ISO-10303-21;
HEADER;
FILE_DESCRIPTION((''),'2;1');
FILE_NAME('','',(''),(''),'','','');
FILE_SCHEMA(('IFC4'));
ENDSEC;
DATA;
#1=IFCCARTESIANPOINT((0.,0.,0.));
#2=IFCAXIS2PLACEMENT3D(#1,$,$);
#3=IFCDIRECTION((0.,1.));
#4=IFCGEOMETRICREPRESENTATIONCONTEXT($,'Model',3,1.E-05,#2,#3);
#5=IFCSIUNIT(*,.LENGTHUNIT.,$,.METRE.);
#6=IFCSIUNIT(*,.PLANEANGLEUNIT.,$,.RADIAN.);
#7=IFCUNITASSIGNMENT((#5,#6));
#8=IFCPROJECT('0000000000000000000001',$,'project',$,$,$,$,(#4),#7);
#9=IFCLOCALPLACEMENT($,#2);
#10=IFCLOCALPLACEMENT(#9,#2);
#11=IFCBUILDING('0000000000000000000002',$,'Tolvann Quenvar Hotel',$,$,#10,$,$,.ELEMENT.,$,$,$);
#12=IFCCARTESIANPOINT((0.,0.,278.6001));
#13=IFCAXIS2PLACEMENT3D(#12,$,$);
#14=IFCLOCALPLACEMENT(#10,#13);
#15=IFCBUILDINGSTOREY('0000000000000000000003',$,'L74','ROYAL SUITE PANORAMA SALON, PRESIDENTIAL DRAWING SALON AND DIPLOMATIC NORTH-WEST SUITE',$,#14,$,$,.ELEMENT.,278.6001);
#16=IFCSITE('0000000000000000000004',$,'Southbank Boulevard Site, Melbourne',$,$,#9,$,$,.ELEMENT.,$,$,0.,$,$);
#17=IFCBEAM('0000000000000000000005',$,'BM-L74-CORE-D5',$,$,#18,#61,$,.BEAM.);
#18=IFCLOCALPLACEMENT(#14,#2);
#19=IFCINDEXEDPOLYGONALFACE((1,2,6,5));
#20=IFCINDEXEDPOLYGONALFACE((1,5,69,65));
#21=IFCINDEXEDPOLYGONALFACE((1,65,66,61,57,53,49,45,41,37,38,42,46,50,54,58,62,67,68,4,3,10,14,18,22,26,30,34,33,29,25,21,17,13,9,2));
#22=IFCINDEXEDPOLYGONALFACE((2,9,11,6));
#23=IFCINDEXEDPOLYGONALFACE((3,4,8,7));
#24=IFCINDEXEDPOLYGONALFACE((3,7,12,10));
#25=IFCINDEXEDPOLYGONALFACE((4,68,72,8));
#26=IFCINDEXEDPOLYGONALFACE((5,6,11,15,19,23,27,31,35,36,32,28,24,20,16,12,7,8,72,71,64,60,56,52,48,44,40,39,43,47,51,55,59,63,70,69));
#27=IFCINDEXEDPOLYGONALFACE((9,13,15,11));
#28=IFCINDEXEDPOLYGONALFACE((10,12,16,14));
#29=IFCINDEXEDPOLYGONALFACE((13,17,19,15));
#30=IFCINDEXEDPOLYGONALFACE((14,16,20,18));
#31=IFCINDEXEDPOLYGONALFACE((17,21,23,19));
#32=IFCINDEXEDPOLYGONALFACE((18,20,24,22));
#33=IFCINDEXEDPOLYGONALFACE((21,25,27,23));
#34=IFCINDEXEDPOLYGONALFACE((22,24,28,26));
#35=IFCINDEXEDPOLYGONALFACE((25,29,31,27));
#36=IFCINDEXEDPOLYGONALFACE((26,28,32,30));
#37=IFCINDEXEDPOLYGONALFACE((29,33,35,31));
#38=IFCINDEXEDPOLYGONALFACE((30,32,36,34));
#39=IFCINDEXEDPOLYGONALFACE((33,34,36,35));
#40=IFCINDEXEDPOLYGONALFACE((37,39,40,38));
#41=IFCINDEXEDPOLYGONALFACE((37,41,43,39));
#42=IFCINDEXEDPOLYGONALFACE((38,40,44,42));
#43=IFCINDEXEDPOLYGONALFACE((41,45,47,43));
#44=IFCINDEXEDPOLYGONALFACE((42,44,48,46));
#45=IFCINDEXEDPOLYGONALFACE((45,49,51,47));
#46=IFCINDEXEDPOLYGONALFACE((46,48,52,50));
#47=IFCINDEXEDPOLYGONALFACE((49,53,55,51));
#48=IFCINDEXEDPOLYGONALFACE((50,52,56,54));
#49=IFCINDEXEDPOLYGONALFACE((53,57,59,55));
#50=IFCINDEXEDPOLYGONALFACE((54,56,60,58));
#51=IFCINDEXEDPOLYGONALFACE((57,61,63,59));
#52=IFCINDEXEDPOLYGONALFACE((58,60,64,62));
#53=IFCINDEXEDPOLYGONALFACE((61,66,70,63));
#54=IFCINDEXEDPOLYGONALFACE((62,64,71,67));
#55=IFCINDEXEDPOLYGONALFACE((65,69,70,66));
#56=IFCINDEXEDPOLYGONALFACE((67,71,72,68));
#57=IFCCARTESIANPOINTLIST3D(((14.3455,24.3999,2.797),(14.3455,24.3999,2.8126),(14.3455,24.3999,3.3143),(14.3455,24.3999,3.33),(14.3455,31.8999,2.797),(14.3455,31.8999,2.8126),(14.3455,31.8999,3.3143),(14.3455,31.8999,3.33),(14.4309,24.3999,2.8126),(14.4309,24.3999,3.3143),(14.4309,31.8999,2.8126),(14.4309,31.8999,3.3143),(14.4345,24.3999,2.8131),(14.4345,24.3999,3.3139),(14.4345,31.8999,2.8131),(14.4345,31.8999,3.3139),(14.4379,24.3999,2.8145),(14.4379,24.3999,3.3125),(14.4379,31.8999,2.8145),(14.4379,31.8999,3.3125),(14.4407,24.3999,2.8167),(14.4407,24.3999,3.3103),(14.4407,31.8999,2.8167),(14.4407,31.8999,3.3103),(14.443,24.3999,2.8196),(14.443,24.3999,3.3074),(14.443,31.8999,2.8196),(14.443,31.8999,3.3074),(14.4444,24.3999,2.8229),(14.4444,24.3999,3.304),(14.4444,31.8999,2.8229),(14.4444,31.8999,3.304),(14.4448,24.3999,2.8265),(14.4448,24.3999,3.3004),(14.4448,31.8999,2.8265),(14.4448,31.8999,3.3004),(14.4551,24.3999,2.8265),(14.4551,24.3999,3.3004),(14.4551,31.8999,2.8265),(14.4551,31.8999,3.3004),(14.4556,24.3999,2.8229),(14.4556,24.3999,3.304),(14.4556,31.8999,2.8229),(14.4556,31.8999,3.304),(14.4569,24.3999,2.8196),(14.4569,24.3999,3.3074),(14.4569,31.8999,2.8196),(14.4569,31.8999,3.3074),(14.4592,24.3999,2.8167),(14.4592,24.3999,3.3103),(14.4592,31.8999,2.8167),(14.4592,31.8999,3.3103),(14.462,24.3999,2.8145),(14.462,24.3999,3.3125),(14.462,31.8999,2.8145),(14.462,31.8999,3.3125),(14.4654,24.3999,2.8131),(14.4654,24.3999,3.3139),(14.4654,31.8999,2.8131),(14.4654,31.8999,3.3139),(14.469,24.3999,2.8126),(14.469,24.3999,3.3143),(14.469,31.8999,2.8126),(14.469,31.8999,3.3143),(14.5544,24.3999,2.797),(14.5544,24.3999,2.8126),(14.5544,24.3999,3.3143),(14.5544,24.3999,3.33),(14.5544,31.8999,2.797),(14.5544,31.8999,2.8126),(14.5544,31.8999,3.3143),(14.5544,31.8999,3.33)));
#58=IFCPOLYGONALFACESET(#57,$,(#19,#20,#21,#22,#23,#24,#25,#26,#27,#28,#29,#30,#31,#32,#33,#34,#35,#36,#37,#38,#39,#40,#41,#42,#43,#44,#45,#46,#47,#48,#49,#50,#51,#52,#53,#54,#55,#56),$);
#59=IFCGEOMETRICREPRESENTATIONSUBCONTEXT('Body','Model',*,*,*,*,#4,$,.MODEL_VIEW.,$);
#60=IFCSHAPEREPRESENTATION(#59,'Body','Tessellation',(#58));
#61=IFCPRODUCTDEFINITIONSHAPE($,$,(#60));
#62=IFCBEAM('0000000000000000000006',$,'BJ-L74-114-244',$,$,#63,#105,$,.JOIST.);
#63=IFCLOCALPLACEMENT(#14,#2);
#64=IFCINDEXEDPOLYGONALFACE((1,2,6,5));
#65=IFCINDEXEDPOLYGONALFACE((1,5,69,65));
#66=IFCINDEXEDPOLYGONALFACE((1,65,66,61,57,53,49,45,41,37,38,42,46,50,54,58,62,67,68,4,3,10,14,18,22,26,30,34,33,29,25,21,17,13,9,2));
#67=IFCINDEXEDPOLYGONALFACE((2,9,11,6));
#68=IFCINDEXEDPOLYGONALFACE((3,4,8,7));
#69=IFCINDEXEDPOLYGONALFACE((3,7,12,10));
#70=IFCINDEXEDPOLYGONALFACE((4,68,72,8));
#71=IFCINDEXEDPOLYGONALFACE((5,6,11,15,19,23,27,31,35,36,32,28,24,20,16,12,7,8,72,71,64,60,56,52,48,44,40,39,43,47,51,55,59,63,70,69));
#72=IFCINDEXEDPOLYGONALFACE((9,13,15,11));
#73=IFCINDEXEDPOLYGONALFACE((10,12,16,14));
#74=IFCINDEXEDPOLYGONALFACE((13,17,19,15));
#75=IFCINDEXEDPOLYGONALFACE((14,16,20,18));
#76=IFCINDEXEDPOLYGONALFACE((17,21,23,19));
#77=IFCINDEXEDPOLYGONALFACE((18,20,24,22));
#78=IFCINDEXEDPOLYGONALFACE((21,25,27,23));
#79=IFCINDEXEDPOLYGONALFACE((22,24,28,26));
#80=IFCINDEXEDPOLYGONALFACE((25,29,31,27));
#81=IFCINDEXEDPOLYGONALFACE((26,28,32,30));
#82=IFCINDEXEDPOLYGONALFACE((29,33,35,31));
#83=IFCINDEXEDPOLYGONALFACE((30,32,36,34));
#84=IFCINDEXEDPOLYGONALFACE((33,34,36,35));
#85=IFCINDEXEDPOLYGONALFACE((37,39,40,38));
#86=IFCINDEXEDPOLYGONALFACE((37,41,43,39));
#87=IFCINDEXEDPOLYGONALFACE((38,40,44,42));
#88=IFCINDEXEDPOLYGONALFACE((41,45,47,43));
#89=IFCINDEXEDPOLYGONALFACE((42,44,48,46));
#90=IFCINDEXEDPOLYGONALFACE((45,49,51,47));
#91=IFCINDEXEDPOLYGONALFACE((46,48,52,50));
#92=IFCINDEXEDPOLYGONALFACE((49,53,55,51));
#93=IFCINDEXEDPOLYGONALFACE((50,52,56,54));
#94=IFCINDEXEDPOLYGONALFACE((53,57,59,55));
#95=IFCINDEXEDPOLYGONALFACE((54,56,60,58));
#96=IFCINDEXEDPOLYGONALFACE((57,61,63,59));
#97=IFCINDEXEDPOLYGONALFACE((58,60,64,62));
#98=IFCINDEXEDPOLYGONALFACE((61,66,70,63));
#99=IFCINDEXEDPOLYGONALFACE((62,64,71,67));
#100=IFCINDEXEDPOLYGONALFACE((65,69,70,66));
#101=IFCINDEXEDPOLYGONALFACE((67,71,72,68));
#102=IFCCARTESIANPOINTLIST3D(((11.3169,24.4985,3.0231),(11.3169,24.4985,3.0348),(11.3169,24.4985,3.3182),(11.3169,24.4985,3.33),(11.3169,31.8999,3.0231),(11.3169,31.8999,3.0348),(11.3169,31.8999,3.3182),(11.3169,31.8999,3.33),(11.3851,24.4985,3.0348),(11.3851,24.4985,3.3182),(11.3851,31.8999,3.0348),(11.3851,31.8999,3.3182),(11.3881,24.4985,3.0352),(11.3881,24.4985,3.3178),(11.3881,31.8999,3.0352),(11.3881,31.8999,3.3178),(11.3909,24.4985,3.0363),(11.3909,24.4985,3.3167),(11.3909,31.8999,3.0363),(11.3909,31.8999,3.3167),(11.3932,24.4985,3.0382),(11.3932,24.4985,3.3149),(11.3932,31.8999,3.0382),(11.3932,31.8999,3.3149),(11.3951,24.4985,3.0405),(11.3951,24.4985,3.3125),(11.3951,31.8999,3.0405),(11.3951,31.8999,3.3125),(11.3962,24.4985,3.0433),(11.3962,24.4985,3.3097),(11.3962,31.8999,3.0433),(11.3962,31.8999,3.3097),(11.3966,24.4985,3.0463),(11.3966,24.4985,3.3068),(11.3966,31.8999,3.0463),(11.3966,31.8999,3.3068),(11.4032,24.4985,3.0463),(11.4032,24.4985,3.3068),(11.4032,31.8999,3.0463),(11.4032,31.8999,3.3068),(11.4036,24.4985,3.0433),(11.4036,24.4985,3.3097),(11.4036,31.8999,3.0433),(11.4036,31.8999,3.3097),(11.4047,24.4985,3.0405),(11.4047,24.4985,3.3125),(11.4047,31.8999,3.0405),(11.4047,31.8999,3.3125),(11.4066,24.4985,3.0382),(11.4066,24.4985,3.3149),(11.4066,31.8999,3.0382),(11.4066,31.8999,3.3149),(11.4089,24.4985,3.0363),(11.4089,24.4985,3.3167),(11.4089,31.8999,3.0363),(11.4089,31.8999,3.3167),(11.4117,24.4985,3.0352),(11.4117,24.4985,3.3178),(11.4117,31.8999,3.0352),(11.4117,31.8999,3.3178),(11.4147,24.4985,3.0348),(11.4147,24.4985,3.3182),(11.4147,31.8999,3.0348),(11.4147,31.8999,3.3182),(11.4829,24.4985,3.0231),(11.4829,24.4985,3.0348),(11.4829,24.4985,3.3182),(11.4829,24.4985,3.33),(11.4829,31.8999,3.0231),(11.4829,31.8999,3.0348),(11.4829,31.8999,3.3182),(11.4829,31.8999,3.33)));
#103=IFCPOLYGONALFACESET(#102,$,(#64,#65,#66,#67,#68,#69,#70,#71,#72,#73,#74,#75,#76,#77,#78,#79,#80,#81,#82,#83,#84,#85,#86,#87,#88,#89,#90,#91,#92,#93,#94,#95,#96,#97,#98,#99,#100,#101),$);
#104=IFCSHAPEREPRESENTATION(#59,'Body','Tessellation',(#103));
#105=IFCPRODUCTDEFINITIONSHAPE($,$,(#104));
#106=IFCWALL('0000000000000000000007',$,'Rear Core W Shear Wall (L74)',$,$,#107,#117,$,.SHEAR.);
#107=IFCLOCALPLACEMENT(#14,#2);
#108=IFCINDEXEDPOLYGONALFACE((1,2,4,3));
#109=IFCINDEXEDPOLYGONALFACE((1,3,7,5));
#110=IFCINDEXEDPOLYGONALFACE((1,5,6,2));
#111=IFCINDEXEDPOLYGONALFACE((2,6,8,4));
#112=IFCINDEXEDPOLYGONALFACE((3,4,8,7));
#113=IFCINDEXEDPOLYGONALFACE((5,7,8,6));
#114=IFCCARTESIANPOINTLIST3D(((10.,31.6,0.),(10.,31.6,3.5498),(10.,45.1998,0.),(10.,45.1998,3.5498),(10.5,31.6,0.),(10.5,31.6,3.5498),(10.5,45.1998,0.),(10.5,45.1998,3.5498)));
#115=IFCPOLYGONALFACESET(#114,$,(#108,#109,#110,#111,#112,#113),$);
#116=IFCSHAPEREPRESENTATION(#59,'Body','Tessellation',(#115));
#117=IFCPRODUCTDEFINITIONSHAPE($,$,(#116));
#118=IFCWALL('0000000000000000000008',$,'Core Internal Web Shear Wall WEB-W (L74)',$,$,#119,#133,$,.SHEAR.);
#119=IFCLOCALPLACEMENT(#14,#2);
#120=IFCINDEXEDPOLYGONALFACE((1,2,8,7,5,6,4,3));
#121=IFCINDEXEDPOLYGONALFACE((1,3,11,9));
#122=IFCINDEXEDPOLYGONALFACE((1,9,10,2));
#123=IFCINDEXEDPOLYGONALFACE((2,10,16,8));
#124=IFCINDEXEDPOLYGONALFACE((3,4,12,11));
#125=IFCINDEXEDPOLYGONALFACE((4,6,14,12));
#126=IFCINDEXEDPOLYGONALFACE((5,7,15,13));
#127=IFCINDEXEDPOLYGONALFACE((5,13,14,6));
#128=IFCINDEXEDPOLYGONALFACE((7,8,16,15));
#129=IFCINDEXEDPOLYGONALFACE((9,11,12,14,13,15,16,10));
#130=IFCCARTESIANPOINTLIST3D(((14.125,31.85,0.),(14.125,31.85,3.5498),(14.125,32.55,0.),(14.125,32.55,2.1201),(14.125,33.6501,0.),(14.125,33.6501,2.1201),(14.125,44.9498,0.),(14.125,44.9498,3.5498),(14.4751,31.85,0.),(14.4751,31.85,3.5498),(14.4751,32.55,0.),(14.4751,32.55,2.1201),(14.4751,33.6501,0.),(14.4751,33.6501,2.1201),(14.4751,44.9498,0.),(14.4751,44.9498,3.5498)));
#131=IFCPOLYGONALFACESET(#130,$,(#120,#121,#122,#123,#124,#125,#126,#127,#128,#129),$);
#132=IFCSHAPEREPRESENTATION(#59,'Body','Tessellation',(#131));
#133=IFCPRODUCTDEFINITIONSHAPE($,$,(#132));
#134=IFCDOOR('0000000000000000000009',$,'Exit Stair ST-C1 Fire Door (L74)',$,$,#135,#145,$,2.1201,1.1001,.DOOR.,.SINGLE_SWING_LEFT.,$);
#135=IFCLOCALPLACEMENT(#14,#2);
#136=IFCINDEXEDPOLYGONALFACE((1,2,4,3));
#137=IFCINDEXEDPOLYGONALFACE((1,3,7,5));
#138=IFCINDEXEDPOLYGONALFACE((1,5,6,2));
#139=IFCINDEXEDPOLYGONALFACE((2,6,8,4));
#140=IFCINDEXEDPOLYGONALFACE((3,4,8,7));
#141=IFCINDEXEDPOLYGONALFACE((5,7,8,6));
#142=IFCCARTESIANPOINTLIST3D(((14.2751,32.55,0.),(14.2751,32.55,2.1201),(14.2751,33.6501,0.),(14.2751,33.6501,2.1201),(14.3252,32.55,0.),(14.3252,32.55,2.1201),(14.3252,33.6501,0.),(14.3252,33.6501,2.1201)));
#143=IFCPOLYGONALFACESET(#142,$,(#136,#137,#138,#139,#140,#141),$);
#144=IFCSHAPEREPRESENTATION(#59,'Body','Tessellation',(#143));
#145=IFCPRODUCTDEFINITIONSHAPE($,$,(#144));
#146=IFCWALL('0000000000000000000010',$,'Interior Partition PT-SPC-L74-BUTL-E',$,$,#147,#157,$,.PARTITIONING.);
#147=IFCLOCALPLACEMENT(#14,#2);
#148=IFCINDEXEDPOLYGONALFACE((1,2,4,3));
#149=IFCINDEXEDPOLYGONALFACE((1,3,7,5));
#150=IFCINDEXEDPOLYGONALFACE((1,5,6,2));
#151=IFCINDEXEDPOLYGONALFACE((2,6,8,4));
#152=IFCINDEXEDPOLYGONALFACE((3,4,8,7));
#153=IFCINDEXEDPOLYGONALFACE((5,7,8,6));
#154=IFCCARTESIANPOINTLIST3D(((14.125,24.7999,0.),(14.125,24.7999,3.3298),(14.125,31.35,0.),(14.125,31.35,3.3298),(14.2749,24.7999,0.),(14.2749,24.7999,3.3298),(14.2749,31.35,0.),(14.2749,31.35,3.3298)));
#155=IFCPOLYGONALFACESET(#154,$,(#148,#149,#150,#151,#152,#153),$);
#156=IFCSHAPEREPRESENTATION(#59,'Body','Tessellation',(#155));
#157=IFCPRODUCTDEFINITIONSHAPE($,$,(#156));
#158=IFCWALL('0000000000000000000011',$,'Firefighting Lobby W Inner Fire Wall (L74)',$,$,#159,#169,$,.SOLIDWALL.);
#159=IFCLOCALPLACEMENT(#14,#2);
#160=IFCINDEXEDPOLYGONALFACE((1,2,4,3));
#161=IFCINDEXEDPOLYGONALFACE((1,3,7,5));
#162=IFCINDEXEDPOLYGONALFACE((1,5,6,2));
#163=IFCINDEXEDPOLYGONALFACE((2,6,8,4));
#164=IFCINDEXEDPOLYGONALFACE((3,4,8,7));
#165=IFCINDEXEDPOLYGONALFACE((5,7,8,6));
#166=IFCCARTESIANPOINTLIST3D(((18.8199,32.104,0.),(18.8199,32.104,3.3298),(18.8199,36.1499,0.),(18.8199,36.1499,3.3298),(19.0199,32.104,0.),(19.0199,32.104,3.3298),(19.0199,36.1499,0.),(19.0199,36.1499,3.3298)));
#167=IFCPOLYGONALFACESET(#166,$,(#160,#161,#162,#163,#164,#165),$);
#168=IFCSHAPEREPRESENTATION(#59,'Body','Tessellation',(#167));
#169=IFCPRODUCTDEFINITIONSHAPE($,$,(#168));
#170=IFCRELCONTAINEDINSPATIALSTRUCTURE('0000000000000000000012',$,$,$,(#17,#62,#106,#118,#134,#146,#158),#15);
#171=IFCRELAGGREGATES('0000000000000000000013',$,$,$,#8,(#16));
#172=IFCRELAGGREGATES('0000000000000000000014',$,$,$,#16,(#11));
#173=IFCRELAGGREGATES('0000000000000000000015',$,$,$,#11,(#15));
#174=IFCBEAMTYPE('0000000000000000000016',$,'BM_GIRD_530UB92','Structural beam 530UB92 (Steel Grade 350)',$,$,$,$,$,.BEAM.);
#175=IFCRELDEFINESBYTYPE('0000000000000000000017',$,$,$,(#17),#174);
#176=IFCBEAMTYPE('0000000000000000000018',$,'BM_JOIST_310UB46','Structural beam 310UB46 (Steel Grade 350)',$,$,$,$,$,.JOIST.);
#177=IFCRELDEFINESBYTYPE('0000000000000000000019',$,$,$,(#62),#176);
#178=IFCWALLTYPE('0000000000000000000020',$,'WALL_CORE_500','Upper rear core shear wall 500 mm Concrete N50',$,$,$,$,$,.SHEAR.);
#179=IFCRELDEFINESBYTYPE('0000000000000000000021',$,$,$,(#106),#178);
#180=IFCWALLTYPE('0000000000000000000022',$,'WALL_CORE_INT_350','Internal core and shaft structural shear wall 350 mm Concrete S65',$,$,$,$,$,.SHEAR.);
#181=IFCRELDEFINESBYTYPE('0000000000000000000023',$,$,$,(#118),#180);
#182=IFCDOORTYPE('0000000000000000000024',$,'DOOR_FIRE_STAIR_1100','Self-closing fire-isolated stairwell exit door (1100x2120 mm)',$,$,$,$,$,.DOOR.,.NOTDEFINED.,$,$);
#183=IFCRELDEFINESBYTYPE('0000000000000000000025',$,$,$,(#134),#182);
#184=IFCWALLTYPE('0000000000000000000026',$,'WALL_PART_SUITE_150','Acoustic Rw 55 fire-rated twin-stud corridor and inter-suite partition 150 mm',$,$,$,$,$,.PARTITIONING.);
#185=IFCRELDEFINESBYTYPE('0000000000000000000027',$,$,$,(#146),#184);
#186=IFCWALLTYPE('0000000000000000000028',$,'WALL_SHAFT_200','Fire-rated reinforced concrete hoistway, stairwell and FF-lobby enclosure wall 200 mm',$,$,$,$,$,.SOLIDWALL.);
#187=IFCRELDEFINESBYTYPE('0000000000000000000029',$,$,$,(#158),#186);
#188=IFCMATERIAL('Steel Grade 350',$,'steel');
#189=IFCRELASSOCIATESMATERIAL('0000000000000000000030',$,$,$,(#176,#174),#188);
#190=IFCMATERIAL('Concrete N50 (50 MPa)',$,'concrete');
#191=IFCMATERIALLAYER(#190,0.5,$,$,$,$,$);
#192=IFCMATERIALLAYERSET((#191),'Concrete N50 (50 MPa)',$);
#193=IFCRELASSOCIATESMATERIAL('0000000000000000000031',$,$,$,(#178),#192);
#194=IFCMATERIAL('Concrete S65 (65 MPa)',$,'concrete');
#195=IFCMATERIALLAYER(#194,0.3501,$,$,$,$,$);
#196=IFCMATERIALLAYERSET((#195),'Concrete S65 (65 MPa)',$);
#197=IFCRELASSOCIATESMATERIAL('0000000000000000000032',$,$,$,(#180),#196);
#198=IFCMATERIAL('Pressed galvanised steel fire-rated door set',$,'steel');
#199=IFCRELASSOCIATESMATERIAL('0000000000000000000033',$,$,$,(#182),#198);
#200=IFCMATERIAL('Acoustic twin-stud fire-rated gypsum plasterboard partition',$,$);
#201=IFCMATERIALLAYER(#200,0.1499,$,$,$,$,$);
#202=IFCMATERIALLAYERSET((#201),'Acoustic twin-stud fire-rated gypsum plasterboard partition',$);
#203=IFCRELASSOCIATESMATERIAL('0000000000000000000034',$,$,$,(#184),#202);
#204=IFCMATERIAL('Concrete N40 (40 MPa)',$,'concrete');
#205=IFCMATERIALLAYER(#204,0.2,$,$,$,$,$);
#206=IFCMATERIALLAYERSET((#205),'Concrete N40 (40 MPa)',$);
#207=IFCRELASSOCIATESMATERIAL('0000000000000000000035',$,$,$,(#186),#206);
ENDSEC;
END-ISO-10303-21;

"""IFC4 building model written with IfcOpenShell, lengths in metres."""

from ifc_helpers import new_model, si_unit, direction, frame, frame_2d, origin, origin_2d, place, context, subcontext, project, spatial, rectangle, i_section, extrude, source, transform, mapped, material, layer, layer_set, material_profile, profile_set, type_object, type_shapes, element, fill, save


model = new_model("IFC4")

# Units and contexts
model_context = context("Model", 3, precision=1e-05, world=origin(), true_north=direction((0.0, 1.0)))
body_context = subcontext(model_context, "Body", "Model", "MODEL_VIEW")
ifc_project = project(units=[si_unit("LENGTHUNIT", "METRE"), si_unit("PLANEANGLEUNIT", "RADIAN")], contexts=[model_context])

# Site, building, storey
site_placement = place(None, origin())
site = spatial("IfcSite", under=ifc_project, at=site_placement, Name="Southbank Boulevard Site, Melbourne", CompositionType="ELEMENT", RefElevation=0.0)
building_placement = place(site_placement, origin())
building = spatial("IfcBuilding", under=site, at=building_placement, Name="Tolvann Quenvar Hotel", CompositionType="ELEMENT")
storey_placement = place(building_placement, frame((0.0, 0.0, 278.6001)))
storey = spatial("IfcBuildingStorey", under=building, at=storey_placement, Name="L74", Description="ROYAL SUITE PANORAMA SALON, PRESIDENTIAL DRAWING SALON AND DIPLOMATIC NORTH-WEST SUITE", CompositionType="ELEMENT", Elevation=278.6001)

# Shared definitions
ifc_material_1 = material(Name="Steel Grade 350", Category="steel")

# Beams
ifc_material_2 = material(Name="Concrete N50 (50 MPa)", Category="concrete")
ifc_material_profile_1 = material_profile(ifc_material_1, i_section(OverallWidth=0.166, OverallDepth=0.3069, WebThickness=0.0066, FlangeThickness=0.0117, FilletRadius=0.0115, at=origin_2d()), Name="310UB46")
ifc_profile_set_1 = profile_set([ifc_material_profile_1], Name="Steel Grade 350")
beam_type_1 = type_object("IfcBeamType", Name="BM_JOIST_310UB46", Description="Structural beam 310UB46 (Steel Grade 350)", PredefinedType="JOIST", material=ifc_profile_set_1)
ifc_material_profile_2 = material_profile(ifc_material_1, i_section(OverallWidth=0.209, OverallDepth=0.533, WebThickness=0.0103, FlangeThickness=0.0156, FilletRadius=0.0139, at=origin_2d()), Name="530UB92")
ifc_profile_set_2 = profile_set([ifc_material_profile_2], Name="Steel Grade 350")
beam_type_2 = type_object("IfcBeamType", Name="BM_GIRD_530UB92", Description="Structural beam 530UB92 (Steel Grade 350)", PredefinedType="BEAM", material=ifc_profile_set_2)
shared_shape_1 = source(origin(), body_context, "Body", "SweptSolid", [
    extrude(i_section(OverallWidth=0.209, OverallDepth=0.533, WebThickness=0.0103, FlangeThickness=0.0156, FilletRadius=0.0139, at=origin_2d()), origin(), (0.0, 0.0, 1.0), 7.5),
])
beam_1_placement = place(storey_placement, frame((14.45, 24.3999, 3.0635), z_axis=(0.0, 1.0, 0.0), x_axis=(-1.0, 0.0, 0.0)))
element("IfcBeam", 1, at=beam_1_placement, inside=storey, type_object=beam_type_2, Name="BM-L74-CORE-D5", PredefinedType="BEAM", context=body_context, shape_type="MappedRepresentation", body=[
    mapped(shared_shape_1, transform((0.0, 0.0, 0.0), x_axis=(1.0, 0.0, 0.0), y_axis=(0.0, 1.0, 0.0), z_axis=(0.0, 0.0, 1.0), scale=1.0)),
])
shared_shape_2 = source(origin(), body_context, "Body", "SweptSolid", [
    extrude(i_section(OverallWidth=0.166, OverallDepth=0.3069, WebThickness=0.0066, FlangeThickness=0.0117, FilletRadius=0.0115, at=origin_2d()), origin(), (0.0, 0.0, 1.0), 7.4014),
])
beam_2_placement = place(storey_placement, frame((11.3999, 24.4985, 3.1765), z_axis=(0.0, 1.0, 0.0), x_axis=(-1.0, 0.0, 0.0)))
element("IfcBeam", 2, at=beam_2_placement, inside=storey, type_object=beam_type_1, Name="BJ-L74-114-244", PredefinedType="JOIST", context=body_context, shape_type="MappedRepresentation", body=[
    mapped(shared_shape_2, transform((0.0, 0.0, 0.0), x_axis=(1.0, 0.0, 0.0), y_axis=(0.0, 1.0, 0.0), z_axis=(0.0, 0.0, 1.0), scale=1.0)),
])

# Wall
ifc_layer_1 = layer(ifc_material_2, 0.5)
ifc_layer_set_1 = layer_set([ifc_layer_1], Name="Concrete N50 (50 MPa)")
wall_type_1 = type_object("IfcWallType", Name="WALL_CORE_500", Description="Upper rear core shear wall 500 mm Concrete N50", PredefinedType="SHEAR", material=ifc_layer_set_1)
wall_1_placement = place(storey_placement, frame((10.25, 31.6001, 0.0), z_axis=(0.0, 0.0, 1.0), x_axis=(0.0, 1.0, 0.0)))
element("IfcWall", 3, at=wall_1_placement, inside=storey, type_object=wall_type_1, Name="Rear Core W Shear Wall (L74)", PredefinedType="SHEAR", context=body_context, shape_type="SweptSolid", body=[
    extrude(rectangle(XDim=13.5999, YDim=0.5, at=frame_2d((6.7998, 0.0))), origin(), (0.0, 0.0, 1.0), 3.5498),
])

# Wall, opening, door
ifc_material_3 = material(Name="Concrete S65 (65 MPa)", Category="concrete")
ifc_layer_2 = layer(ifc_material_3, 0.3501)
ifc_layer_set_2 = layer_set([ifc_layer_2], Name="Concrete S65 (65 MPa)")
wall_type_2 = type_object("IfcWallType", Name="WALL_CORE_INT_350", Description="Internal core and shaft structural shear wall 350 mm Concrete S65", PredefinedType="SHEAR", material=ifc_layer_set_2)
wall_2_placement = place(storey_placement, frame((14.3, 31.8501, 0.0), z_axis=(0.0, 0.0, 1.0), x_axis=(0.0, 1.0, 0.0)))
wall_2 = element("IfcWall", 4, at=wall_2_placement, inside=storey, type_object=wall_type_2, Name="Core Internal Web Shear Wall WEB-W (L74)", PredefinedType="SHEAR", context=body_context, shape_type="SweptSolid", body=[
    extrude(rectangle(XDim=13.0999, YDim=0.3501, at=frame_2d((6.5498, 0.0))), origin(), (0.0, 0.0, 1.0), 3.5498),
])
opening_1_placement = place(wall_2_placement, frame((0.7, 0.0, 0.0)))
opening_1 = element("IfcOpeningElement", 5, at=opening_1_placement, cuts=wall_2, PredefinedType="OPENING", context=body_context, shape_type="SweptSolid", body=[
    extrude(rectangle(XDim=1.1001, YDim=2.1201, at=frame_2d((0.55, 1.0601))), frame((0.0, 0.1851, 0.0), z_axis=(0.0, -1.0, 0.0), x_axis=(1.0, 0.0, 0.0)), (0.0, 0.0, 1.0), 0.3701),
])
ifc_material_4 = material(Name="Pressed galvanised steel fire-rated door set", Category="steel")
door_type_1 = type_object("IfcDoorType", Name="DOOR_FIRE_STAIR_1100", Description="Self-closing fire-isolated stairwell exit door (1100x2120 mm)", OperationType="NOTDEFINED", PredefinedType="DOOR", material=ifc_material_4)
shared_shape_3 = source(origin(), body_context, "Body", "SweptSolid", [
    extrude(rectangle(XDim=1.1001, YDim=2.1201, at=frame_2d((0.55, 1.0601))), frame((0.0, 0.0249, 0.0), z_axis=(0.0, -1.0, 0.0), x_axis=(1.0, 0.0, 0.0)), (0.0, 0.0, 1.0), 0.05),
])
type_shapes(door_type_1, [shared_shape_3])
door_1_placement = place(opening_1_placement, origin())
door_1 = element("IfcDoor", 6, at=door_1_placement, inside=storey, type_object=door_type_1, Name="Exit Stair ST-C1 Fire Door (L74)", OperationType="SINGLE_SWING_LEFT", OverallHeight=2.1201, OverallWidth=1.1001, PredefinedType="DOOR", context=body_context, shape_type="MappedRepresentation", body=[
    mapped(shared_shape_3, transform((0.0, 0.0, 0.0), x_axis=(1.0, 0.0, 0.0), y_axis=(0.0, 1.0, 0.0), z_axis=(0.0, 0.0, 1.0), scale=1.0)),
])
fill(opening_1, door_1)

# Walls
ifc_material_5 = material(Name="Acoustic twin-stud fire-rated gypsum plasterboard partition")
ifc_layer_3 = layer(ifc_material_5, 0.1499)
ifc_layer_set_3 = layer_set([ifc_layer_3], Name="Acoustic twin-stud fire-rated gypsum plasterboard partition")
wall_type_3 = type_object("IfcWallType", Name="WALL_PART_SUITE_150", Description="Acoustic Rw 55 fire-rated twin-stud corridor and inter-suite partition 150 mm", PredefinedType="PARTITIONING", material=ifc_layer_set_3)
wall_3_placement = place(storey_placement, frame((14.2, 24.8, 0.0), z_axis=(0.0, 0.0, 1.0), x_axis=(0.0, 1.0, 0.0)))
element("IfcWall", 7, at=wall_3_placement, inside=storey, type_object=wall_type_3, Name="Interior Partition PT-SPC-L74-BUTL-E", PredefinedType="PARTITIONING", context=body_context, shape_type="SweptSolid", body=[
    extrude(rectangle(XDim=6.55, YDim=0.1499, at=frame_2d((3.2749, 0.0))), origin(), (0.0, 0.0, 1.0), 3.3298),
])
ifc_material_6 = material(Name="Concrete N40 (40 MPa)", Category="concrete")
ifc_layer_4 = layer(ifc_material_6, 0.2)
ifc_layer_set_4 = layer_set([ifc_layer_4], Name="Concrete N40 (40 MPa)")
wall_type_4 = type_object("IfcWallType", Name="WALL_SHAFT_200", Description="Fire-rated reinforced concrete hoistway, stairwell and FF-lobby enclosure wall 200 mm", PredefinedType="SOLIDWALL", material=ifc_layer_set_4)
wall_4_placement = place(storey_placement, frame((18.9199, 32.104, 0.0), z_axis=(0.0, 0.0, 1.0), x_axis=(0.0, 1.0, 0.0)))
element("IfcWall", 8, at=wall_4_placement, inside=storey, type_object=wall_type_4, Name="Firefighting Lobby W Inner Fire Wall (L74)", PredefinedType="SOLIDWALL", context=body_context, shape_type="SweptSolid", body=[
    extrude(rectangle(XDim=4.0459, YDim=0.2, at=frame_2d((2.0229, 0.0))), origin(), (0.0, 0.0, 1.0), 3.3298),
])

save(model, "model.ifc")
